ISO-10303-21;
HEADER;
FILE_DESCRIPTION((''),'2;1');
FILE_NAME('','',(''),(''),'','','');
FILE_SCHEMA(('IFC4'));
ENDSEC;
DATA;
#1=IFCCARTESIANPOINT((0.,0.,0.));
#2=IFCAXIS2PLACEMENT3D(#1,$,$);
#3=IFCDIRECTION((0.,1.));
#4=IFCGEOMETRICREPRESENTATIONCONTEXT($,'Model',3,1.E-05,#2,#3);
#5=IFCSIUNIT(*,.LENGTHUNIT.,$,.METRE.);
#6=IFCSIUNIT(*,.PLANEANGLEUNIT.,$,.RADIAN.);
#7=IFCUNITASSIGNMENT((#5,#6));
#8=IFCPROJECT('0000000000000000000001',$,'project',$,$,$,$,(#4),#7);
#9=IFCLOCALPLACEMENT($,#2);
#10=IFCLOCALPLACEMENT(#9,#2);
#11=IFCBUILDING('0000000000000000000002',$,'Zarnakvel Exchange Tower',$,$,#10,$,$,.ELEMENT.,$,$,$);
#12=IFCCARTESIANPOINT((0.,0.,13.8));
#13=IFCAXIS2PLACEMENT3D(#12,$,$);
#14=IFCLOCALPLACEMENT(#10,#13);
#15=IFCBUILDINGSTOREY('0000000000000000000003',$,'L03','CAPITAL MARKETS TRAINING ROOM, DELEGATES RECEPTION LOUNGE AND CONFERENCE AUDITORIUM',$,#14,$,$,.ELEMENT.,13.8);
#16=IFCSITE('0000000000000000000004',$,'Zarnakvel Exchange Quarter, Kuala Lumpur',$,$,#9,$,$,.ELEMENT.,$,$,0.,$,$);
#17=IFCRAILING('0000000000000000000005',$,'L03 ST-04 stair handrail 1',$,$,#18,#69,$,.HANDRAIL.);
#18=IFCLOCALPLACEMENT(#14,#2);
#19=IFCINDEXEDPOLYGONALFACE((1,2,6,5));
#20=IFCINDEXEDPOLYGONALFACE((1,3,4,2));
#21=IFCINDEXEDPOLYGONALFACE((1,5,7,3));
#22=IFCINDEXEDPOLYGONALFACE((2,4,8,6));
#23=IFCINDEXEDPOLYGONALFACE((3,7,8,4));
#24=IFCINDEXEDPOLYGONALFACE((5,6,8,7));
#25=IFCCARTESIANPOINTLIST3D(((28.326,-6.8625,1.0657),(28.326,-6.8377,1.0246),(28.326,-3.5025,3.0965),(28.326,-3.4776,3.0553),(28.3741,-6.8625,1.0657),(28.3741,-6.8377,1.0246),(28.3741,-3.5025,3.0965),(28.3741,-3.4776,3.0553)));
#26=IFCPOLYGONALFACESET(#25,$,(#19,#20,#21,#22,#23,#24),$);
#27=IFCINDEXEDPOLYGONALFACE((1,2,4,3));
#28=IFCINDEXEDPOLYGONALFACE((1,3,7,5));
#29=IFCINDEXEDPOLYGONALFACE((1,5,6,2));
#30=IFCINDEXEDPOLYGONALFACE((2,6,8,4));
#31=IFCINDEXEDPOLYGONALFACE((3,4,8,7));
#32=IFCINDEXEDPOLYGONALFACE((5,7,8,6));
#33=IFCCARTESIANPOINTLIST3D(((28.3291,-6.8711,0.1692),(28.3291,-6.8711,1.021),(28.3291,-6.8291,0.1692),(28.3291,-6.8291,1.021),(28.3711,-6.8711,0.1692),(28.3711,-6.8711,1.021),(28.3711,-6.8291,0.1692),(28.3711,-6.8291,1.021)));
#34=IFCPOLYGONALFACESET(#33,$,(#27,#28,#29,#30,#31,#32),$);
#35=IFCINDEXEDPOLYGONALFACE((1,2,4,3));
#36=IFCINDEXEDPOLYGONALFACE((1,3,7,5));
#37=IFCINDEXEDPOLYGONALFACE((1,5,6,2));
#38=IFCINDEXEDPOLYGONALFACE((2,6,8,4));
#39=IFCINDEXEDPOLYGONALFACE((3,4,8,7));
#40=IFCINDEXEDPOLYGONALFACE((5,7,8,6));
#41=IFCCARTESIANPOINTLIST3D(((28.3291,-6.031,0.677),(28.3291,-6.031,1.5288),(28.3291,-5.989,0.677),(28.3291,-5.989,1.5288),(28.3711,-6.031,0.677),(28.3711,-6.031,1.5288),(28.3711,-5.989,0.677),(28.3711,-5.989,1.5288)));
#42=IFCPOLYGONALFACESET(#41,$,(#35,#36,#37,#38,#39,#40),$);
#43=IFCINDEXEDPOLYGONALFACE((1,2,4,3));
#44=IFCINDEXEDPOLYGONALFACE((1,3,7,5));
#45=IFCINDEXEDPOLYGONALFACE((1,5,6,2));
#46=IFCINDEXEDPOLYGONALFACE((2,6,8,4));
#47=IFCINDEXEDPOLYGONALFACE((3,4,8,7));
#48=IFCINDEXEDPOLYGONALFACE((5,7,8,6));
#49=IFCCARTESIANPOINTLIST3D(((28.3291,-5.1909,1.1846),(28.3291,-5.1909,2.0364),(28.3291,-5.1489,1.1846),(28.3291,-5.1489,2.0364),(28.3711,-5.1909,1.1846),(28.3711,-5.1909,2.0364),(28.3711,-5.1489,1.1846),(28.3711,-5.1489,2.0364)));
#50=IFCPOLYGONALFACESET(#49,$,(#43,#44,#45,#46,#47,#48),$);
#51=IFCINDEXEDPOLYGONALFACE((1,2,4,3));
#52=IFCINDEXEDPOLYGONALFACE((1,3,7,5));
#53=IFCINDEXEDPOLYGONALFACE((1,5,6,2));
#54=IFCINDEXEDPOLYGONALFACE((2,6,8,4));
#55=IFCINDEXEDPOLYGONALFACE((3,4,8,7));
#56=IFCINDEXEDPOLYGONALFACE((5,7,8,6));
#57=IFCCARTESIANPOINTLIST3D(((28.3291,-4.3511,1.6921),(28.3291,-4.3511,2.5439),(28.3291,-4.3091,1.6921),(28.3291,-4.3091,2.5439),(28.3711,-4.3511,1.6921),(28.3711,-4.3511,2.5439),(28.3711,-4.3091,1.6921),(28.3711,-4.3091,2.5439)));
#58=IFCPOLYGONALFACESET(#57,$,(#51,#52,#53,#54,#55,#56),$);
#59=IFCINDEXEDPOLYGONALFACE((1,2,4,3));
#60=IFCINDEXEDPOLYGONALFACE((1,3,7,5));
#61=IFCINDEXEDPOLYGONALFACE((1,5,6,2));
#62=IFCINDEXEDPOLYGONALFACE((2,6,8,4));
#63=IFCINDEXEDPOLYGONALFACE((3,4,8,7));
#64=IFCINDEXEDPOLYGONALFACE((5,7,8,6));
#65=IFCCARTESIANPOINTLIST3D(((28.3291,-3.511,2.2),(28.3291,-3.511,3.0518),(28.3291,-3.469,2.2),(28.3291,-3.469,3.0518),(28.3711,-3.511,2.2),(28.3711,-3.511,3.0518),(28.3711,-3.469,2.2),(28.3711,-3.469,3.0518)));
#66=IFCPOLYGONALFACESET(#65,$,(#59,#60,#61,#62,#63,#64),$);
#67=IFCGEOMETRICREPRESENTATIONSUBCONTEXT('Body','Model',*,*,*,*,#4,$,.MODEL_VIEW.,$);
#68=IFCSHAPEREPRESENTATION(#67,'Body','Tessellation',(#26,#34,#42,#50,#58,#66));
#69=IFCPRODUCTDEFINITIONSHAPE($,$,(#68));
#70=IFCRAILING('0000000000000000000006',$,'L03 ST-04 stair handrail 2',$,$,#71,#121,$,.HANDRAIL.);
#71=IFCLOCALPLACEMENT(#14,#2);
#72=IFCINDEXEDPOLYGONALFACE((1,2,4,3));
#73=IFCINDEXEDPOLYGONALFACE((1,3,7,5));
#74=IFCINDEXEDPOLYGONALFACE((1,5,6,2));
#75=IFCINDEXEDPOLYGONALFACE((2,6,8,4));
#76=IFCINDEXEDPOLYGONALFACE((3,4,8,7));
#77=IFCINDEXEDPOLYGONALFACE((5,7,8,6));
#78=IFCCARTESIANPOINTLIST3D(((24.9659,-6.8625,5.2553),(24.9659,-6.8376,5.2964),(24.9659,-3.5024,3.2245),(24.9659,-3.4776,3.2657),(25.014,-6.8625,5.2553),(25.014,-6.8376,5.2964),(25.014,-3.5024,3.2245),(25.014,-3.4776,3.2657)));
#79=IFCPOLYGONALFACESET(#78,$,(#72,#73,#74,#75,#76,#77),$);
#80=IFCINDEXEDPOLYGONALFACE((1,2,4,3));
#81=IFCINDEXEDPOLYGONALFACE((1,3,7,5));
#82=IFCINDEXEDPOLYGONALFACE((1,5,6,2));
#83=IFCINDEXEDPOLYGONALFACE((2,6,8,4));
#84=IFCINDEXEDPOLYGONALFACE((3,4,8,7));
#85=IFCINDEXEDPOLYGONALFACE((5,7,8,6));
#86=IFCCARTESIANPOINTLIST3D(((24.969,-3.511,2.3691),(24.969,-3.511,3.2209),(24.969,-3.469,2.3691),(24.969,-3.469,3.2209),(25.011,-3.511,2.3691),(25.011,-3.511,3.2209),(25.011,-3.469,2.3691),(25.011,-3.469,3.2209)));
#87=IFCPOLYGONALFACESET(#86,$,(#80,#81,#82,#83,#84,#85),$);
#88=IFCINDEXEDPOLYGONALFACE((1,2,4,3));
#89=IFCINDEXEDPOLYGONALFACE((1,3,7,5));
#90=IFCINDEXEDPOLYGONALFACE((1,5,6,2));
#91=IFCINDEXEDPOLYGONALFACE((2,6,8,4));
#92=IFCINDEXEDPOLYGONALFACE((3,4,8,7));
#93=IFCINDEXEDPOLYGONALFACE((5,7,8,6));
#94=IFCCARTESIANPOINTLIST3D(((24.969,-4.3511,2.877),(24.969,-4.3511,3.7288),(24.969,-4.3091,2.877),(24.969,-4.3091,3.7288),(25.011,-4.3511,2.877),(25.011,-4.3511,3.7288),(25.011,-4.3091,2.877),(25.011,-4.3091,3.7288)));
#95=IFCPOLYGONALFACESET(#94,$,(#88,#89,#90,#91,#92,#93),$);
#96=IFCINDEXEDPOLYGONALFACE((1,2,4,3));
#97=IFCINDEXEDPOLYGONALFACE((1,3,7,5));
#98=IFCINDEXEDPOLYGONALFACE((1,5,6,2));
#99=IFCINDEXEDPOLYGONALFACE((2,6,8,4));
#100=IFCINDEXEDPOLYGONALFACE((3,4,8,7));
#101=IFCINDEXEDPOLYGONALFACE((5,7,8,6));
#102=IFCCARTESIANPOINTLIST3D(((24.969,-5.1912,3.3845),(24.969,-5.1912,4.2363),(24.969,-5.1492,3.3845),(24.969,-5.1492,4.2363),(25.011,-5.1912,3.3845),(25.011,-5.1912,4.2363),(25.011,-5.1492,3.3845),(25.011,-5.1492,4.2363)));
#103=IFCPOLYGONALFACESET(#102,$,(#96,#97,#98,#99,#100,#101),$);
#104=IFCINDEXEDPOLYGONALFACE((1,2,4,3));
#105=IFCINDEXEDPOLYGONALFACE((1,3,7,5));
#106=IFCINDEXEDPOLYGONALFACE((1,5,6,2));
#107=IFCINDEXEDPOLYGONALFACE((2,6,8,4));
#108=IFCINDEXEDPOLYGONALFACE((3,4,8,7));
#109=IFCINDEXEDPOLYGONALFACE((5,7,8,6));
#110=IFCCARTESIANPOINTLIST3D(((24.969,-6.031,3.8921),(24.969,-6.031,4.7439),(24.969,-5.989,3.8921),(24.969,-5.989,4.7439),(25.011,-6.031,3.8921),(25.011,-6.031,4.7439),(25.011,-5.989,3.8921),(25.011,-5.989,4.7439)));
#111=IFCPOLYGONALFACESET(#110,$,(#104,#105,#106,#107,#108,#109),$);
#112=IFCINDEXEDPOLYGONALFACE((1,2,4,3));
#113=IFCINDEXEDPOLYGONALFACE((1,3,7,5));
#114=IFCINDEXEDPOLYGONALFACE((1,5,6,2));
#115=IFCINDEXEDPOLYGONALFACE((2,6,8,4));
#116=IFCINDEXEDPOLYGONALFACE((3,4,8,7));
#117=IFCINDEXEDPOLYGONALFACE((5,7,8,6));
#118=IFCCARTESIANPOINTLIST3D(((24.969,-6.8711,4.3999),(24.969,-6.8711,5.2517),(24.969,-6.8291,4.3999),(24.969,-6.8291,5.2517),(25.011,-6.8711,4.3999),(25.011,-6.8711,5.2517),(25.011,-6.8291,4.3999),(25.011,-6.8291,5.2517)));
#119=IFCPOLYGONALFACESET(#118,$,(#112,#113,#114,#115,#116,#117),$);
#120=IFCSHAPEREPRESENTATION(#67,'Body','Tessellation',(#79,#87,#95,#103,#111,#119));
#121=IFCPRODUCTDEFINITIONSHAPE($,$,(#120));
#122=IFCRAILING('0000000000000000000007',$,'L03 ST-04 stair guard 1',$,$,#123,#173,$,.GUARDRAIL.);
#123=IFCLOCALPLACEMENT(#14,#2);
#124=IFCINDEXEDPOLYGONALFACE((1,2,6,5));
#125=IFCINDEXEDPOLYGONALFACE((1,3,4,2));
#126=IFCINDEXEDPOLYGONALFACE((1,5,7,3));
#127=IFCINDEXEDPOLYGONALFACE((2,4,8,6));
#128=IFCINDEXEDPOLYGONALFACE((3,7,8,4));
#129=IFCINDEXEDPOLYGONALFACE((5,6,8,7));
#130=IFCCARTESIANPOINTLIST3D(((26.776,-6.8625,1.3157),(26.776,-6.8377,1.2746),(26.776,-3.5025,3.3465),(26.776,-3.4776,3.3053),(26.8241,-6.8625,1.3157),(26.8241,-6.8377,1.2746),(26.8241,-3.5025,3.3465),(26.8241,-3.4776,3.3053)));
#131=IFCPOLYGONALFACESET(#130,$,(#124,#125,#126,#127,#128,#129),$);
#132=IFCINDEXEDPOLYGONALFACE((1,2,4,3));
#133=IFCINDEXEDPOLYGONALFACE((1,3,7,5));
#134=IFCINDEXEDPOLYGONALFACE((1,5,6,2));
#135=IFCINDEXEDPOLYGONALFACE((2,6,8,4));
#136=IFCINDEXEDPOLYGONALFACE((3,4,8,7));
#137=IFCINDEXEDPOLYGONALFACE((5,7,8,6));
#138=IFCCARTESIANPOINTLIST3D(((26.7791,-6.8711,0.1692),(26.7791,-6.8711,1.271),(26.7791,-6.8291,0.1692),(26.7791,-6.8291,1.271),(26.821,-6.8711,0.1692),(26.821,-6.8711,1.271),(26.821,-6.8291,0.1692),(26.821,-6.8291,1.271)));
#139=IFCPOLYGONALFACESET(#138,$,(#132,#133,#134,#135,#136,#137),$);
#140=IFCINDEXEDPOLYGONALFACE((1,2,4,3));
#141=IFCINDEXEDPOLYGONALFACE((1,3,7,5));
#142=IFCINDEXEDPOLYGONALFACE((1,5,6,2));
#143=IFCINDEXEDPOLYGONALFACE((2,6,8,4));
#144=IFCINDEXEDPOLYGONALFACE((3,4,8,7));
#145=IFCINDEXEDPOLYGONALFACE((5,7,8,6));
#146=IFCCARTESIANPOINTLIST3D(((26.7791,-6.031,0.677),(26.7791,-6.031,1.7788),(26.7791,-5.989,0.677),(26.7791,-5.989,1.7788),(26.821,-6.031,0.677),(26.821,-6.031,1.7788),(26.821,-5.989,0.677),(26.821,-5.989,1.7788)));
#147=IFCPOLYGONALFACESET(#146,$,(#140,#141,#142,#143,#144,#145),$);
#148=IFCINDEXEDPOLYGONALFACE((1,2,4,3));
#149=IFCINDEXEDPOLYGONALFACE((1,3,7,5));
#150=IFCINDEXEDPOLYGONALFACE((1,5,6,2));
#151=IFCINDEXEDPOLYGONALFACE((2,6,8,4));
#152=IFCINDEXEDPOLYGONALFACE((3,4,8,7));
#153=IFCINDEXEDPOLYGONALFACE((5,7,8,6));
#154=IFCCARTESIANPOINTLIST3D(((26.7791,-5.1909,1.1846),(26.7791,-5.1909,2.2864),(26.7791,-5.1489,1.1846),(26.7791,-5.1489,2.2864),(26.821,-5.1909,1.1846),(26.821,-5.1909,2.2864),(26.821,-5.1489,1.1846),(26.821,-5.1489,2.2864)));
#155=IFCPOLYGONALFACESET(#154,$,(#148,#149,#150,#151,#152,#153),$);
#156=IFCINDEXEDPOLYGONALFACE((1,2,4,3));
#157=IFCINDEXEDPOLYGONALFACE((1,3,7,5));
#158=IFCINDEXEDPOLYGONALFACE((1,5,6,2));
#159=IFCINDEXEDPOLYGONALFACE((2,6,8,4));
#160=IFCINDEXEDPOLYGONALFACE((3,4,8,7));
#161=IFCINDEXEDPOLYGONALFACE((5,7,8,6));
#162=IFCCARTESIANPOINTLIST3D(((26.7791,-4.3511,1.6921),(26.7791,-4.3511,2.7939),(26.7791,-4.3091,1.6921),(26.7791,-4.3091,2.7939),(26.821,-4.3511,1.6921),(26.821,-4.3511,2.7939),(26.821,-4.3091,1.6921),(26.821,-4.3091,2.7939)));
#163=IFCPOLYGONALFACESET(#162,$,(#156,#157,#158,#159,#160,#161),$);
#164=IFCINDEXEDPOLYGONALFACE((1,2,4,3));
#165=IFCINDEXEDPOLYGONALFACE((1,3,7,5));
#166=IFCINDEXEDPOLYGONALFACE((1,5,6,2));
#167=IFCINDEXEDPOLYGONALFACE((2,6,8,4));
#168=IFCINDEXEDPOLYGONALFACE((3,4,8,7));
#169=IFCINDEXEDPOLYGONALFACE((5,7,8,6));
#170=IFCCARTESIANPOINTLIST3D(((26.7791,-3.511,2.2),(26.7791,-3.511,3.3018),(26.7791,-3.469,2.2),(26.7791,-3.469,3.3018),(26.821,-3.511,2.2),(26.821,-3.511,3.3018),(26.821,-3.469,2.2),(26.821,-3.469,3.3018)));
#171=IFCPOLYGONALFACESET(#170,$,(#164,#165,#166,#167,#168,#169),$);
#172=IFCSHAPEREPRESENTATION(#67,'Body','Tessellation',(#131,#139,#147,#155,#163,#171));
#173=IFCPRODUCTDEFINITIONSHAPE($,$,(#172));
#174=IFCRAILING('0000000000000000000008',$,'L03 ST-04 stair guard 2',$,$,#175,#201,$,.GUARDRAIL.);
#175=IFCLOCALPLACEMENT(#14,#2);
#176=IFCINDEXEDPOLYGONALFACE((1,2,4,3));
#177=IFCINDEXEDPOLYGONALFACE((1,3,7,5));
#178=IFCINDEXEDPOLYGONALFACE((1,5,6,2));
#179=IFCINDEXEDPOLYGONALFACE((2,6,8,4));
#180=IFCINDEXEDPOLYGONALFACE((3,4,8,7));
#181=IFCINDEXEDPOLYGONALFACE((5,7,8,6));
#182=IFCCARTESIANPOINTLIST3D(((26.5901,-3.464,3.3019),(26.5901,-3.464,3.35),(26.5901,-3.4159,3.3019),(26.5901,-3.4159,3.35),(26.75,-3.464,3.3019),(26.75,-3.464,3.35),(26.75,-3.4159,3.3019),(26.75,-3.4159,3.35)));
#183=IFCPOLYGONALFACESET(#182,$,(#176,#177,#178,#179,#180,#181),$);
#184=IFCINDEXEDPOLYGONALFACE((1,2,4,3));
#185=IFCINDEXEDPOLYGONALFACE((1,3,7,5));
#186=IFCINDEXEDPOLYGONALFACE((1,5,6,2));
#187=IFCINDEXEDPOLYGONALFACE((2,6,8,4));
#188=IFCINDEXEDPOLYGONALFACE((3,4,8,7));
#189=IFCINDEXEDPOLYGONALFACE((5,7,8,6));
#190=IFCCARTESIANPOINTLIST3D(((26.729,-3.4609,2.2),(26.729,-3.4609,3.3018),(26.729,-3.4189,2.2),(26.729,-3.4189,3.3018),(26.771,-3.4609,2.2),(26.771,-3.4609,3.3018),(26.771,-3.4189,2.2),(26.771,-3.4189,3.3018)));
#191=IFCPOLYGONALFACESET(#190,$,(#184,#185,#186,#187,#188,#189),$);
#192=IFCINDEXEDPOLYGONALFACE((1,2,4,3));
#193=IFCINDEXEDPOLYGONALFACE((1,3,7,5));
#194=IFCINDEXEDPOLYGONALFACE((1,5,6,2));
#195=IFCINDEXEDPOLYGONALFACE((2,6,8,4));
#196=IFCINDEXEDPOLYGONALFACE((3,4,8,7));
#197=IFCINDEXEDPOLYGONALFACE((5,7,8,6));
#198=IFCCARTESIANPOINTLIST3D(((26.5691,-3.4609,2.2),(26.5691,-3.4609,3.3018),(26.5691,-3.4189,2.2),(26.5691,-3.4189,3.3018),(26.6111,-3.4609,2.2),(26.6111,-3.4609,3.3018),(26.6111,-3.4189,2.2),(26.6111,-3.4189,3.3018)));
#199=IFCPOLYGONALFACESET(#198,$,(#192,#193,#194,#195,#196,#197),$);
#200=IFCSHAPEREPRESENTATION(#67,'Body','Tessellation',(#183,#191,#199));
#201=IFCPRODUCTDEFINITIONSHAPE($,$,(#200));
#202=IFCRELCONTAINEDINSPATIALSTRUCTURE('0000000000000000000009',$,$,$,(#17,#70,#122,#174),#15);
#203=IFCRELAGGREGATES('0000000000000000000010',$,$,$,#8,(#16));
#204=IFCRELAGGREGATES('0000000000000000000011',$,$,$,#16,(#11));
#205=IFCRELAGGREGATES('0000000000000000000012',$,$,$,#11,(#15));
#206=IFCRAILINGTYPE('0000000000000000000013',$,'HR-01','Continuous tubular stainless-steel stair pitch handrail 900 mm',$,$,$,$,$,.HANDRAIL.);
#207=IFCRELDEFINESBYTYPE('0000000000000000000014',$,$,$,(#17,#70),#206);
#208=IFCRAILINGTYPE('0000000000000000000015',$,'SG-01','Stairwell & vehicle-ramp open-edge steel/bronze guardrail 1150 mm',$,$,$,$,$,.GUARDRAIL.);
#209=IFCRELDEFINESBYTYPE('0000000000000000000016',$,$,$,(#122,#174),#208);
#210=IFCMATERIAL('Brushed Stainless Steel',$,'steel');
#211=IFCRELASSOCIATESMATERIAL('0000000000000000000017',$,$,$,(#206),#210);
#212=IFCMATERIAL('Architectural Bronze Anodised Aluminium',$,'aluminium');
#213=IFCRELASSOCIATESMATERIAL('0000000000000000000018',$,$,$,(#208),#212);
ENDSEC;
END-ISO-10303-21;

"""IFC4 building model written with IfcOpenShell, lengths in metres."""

from ifc_helpers import new_model, si_unit, direction, frame, origin, origin_2d, place, context, subcontext, project, spatial, rectangle, extrude, material, type_object, element, save


model = new_model("IFC4")

# Units and contexts
model_context = context("Model", 3, precision=1e-05, world=origin(), true_north=direction((0.0, 1.0)))
body_context = subcontext(model_context, "Body", "Model", "MODEL_VIEW")
ifc_project = project(units=[si_unit("LENGTHUNIT", "METRE"), si_unit("PLANEANGLEUNIT", "RADIAN")], contexts=[model_context])

# Site, building, storey
site_placement = place(None, origin())
site = spatial("IfcSite", under=ifc_project, at=site_placement, Name="Zarnakvel Exchange Quarter, Kuala Lumpur", CompositionType="ELEMENT", RefElevation=0.0)
building_placement = place(site_placement, origin())
building = spatial("IfcBuilding", under=site, at=building_placement, Name="Zarnakvel Exchange Tower", CompositionType="ELEMENT")
storey_placement = place(building_placement, frame((0.0, 0.0, 13.8)))
storey = spatial("IfcBuildingStorey", under=building, at=storey_placement, Name="L03", Description="CAPITAL MARKETS TRAINING ROOM, DELEGATES RECEPTION LOUNGE AND CONFERENCE AUDITORIUM", CompositionType="ELEMENT", Elevation=13.8)

# Railings
ifc_material_1 = material(Name="Brushed Stainless Steel", Category="steel")
railing_type_1 = type_object("IfcRailingType", Name="HR-01", Description="Continuous tubular stainless-steel stair pitch handrail 900 mm", PredefinedType="HANDRAIL", material=ifc_material_1)
railing_1_placement = place(storey_placement, frame((28.3501, -6.8501, 0.1692)))
element("IfcRailing", 1, at=railing_1_placement, inside=storey, type_object=railing_type_1, Name="L03 ST-04 stair handrail 1", PredefinedType="HANDRAIL", context=body_context, shape_type="SweptSolid", body=[
    extrude(rectangle(XDim=0.0481, YDim=0.0481, at=origin_2d()), frame((0.0, 0.0, 0.876), z_axis=(0.0, 0.855837, 0.517246), x_axis=(-1.0, 0.0, 0.0)), (0.0, 0.0, 1.0), 3.926),
    extrude(rectangle(XDim=0.042, YDim=0.042, at=origin_2d()), origin(), (0.0, 0.0, 1.0), 0.8518),
    extrude(rectangle(XDim=0.042, YDim=0.042, at=origin_2d()), frame((0.0, 0.8401, 0.5078)), (0.0, 0.0, 1.0), 0.8518),
    extrude(rectangle(XDim=0.042, YDim=0.042, at=origin_2d()), frame((0.0, 1.6802, 1.0154)), (0.0, 0.0, 1.0), 0.8518),
    extrude(rectangle(XDim=0.042, YDim=0.042, at=origin_2d()), frame((0.0, 2.52, 1.5229)), (0.0, 0.0, 1.0), 0.8518),
    extrude(rectangle(XDim=0.042, YDim=0.042, at=origin_2d()), frame((0.0, 3.3601, 2.0308)), (0.0, 0.0, 1.0), 0.8518),
])
railing_2_placement = place(storey_placement, frame((24.99, -3.49, 2.3691)))
element("IfcRailing", 2, at=railing_2_placement, inside=storey, type_object=railing_type_1, Name="L03 ST-04 stair handrail 2", PredefinedType="HANDRAIL", context=body_context, shape_type="SweptSolid", body=[
    extrude(rectangle(XDim=0.0481, YDim=0.0481, at=origin_2d()), frame((0.0, 0.0, 0.876), z_axis=(0.0, -0.855837, 0.517246), x_axis=(1.0, 0.0, 0.0)), (0.0, 0.0, 1.0), 3.926),
    extrude(rectangle(XDim=0.042, YDim=0.042, at=origin_2d()), origin(), (0.0, 0.0, 1.0), 0.8518),
    extrude(rectangle(XDim=0.042, YDim=0.042, at=origin_2d()), frame((0.0, -0.8401, 0.5078)), (0.0, 0.0, 1.0), 0.8518),
    extrude(rectangle(XDim=0.042, YDim=0.042, at=origin_2d()), frame((0.0, -1.6802, 1.0154)), (0.0, 0.0, 1.0), 0.8518),
    extrude(rectangle(XDim=0.042, YDim=0.042, at=origin_2d()), frame((0.0, -2.52, 1.5229)), (0.0, 0.0, 1.0), 0.8518),
    extrude(rectangle(XDim=0.042, YDim=0.042, at=origin_2d()), frame((0.0, -3.3601, 2.0308)), (0.0, 0.0, 1.0), 0.8518),
])
ifc_material_2 = material(Name="Architectural Bronze Anodised Aluminium", Category="aluminium")
railing_type_2 = type_object("IfcRailingType", Name="SG-01", Description="Stairwell & vehicle-ramp open-edge steel/bronze guardrail 1150 mm", PredefinedType="GUARDRAIL", material=ifc_material_2)
railing_3_placement = place(storey_placement, frame((26.8, -6.8501, 0.1692)))
element("IfcRailing", 3, at=railing_3_placement, inside=storey, type_object=railing_type_2, Name="L03 ST-04 stair guard 1", PredefinedType="GUARDRAIL", context=body_context, shape_type="SweptSolid", body=[
    extrude(rectangle(XDim=0.0481, YDim=0.0481, at=origin_2d()), frame((0.0, 0.0, 1.126), z_axis=(0.0, 0.855837, 0.517246), x_axis=(-1.0, 0.0, 0.0)), (0.0, 0.0, 1.0), 3.926),
    extrude(rectangle(XDim=0.042, YDim=0.042, at=origin_2d()), origin(), (0.0, 0.0, 1.0), 1.1018),
    extrude(rectangle(XDim=0.042, YDim=0.042, at=origin_2d()), frame((0.0, 0.8401, 0.5078)), (0.0, 0.0, 1.0), 1.1018),
    extrude(rectangle(XDim=0.042, YDim=0.042, at=origin_2d()), frame((0.0, 1.6802, 1.0154)), (0.0, 0.0, 1.0), 1.1018),
    extrude(rectangle(XDim=0.042, YDim=0.042, at=origin_2d()), frame((0.0, 2.52, 1.5229)), (0.0, 0.0, 1.0), 1.1018),
    extrude(rectangle(XDim=0.042, YDim=0.042, at=origin_2d()), frame((0.0, 3.3601, 2.0308)), (0.0, 0.0, 1.0), 1.1018),
])
railing_4_placement = place(storey_placement, frame((26.75, -3.4399, 2.2)))
element("IfcRailing", 4, at=railing_4_placement, inside=storey, type_object=railing_type_2, Name="L03 ST-04 stair guard 2", PredefinedType="GUARDRAIL", context=body_context, shape_type="SweptSolid", body=[
    extrude(rectangle(XDim=0.0481, YDim=0.0481, at=origin_2d()), frame((0.0, 0.0, 1.126), z_axis=(-1.0, 0.0, 0.0), x_axis=(0.0, -1.0, 0.0)), (0.0, 0.0, 1.0), 0.1599),
    extrude(rectangle(XDim=0.042, YDim=0.042, at=origin_2d()), origin(), (0.0, 0.0, 1.0), 1.1018),
    extrude(rectangle(XDim=0.042, YDim=0.042, at=origin_2d()), frame((-0.1599, 0.0, 0.0)), (0.0, 0.0, 1.0), 1.1018),
])

save(model, "model.ifc")
